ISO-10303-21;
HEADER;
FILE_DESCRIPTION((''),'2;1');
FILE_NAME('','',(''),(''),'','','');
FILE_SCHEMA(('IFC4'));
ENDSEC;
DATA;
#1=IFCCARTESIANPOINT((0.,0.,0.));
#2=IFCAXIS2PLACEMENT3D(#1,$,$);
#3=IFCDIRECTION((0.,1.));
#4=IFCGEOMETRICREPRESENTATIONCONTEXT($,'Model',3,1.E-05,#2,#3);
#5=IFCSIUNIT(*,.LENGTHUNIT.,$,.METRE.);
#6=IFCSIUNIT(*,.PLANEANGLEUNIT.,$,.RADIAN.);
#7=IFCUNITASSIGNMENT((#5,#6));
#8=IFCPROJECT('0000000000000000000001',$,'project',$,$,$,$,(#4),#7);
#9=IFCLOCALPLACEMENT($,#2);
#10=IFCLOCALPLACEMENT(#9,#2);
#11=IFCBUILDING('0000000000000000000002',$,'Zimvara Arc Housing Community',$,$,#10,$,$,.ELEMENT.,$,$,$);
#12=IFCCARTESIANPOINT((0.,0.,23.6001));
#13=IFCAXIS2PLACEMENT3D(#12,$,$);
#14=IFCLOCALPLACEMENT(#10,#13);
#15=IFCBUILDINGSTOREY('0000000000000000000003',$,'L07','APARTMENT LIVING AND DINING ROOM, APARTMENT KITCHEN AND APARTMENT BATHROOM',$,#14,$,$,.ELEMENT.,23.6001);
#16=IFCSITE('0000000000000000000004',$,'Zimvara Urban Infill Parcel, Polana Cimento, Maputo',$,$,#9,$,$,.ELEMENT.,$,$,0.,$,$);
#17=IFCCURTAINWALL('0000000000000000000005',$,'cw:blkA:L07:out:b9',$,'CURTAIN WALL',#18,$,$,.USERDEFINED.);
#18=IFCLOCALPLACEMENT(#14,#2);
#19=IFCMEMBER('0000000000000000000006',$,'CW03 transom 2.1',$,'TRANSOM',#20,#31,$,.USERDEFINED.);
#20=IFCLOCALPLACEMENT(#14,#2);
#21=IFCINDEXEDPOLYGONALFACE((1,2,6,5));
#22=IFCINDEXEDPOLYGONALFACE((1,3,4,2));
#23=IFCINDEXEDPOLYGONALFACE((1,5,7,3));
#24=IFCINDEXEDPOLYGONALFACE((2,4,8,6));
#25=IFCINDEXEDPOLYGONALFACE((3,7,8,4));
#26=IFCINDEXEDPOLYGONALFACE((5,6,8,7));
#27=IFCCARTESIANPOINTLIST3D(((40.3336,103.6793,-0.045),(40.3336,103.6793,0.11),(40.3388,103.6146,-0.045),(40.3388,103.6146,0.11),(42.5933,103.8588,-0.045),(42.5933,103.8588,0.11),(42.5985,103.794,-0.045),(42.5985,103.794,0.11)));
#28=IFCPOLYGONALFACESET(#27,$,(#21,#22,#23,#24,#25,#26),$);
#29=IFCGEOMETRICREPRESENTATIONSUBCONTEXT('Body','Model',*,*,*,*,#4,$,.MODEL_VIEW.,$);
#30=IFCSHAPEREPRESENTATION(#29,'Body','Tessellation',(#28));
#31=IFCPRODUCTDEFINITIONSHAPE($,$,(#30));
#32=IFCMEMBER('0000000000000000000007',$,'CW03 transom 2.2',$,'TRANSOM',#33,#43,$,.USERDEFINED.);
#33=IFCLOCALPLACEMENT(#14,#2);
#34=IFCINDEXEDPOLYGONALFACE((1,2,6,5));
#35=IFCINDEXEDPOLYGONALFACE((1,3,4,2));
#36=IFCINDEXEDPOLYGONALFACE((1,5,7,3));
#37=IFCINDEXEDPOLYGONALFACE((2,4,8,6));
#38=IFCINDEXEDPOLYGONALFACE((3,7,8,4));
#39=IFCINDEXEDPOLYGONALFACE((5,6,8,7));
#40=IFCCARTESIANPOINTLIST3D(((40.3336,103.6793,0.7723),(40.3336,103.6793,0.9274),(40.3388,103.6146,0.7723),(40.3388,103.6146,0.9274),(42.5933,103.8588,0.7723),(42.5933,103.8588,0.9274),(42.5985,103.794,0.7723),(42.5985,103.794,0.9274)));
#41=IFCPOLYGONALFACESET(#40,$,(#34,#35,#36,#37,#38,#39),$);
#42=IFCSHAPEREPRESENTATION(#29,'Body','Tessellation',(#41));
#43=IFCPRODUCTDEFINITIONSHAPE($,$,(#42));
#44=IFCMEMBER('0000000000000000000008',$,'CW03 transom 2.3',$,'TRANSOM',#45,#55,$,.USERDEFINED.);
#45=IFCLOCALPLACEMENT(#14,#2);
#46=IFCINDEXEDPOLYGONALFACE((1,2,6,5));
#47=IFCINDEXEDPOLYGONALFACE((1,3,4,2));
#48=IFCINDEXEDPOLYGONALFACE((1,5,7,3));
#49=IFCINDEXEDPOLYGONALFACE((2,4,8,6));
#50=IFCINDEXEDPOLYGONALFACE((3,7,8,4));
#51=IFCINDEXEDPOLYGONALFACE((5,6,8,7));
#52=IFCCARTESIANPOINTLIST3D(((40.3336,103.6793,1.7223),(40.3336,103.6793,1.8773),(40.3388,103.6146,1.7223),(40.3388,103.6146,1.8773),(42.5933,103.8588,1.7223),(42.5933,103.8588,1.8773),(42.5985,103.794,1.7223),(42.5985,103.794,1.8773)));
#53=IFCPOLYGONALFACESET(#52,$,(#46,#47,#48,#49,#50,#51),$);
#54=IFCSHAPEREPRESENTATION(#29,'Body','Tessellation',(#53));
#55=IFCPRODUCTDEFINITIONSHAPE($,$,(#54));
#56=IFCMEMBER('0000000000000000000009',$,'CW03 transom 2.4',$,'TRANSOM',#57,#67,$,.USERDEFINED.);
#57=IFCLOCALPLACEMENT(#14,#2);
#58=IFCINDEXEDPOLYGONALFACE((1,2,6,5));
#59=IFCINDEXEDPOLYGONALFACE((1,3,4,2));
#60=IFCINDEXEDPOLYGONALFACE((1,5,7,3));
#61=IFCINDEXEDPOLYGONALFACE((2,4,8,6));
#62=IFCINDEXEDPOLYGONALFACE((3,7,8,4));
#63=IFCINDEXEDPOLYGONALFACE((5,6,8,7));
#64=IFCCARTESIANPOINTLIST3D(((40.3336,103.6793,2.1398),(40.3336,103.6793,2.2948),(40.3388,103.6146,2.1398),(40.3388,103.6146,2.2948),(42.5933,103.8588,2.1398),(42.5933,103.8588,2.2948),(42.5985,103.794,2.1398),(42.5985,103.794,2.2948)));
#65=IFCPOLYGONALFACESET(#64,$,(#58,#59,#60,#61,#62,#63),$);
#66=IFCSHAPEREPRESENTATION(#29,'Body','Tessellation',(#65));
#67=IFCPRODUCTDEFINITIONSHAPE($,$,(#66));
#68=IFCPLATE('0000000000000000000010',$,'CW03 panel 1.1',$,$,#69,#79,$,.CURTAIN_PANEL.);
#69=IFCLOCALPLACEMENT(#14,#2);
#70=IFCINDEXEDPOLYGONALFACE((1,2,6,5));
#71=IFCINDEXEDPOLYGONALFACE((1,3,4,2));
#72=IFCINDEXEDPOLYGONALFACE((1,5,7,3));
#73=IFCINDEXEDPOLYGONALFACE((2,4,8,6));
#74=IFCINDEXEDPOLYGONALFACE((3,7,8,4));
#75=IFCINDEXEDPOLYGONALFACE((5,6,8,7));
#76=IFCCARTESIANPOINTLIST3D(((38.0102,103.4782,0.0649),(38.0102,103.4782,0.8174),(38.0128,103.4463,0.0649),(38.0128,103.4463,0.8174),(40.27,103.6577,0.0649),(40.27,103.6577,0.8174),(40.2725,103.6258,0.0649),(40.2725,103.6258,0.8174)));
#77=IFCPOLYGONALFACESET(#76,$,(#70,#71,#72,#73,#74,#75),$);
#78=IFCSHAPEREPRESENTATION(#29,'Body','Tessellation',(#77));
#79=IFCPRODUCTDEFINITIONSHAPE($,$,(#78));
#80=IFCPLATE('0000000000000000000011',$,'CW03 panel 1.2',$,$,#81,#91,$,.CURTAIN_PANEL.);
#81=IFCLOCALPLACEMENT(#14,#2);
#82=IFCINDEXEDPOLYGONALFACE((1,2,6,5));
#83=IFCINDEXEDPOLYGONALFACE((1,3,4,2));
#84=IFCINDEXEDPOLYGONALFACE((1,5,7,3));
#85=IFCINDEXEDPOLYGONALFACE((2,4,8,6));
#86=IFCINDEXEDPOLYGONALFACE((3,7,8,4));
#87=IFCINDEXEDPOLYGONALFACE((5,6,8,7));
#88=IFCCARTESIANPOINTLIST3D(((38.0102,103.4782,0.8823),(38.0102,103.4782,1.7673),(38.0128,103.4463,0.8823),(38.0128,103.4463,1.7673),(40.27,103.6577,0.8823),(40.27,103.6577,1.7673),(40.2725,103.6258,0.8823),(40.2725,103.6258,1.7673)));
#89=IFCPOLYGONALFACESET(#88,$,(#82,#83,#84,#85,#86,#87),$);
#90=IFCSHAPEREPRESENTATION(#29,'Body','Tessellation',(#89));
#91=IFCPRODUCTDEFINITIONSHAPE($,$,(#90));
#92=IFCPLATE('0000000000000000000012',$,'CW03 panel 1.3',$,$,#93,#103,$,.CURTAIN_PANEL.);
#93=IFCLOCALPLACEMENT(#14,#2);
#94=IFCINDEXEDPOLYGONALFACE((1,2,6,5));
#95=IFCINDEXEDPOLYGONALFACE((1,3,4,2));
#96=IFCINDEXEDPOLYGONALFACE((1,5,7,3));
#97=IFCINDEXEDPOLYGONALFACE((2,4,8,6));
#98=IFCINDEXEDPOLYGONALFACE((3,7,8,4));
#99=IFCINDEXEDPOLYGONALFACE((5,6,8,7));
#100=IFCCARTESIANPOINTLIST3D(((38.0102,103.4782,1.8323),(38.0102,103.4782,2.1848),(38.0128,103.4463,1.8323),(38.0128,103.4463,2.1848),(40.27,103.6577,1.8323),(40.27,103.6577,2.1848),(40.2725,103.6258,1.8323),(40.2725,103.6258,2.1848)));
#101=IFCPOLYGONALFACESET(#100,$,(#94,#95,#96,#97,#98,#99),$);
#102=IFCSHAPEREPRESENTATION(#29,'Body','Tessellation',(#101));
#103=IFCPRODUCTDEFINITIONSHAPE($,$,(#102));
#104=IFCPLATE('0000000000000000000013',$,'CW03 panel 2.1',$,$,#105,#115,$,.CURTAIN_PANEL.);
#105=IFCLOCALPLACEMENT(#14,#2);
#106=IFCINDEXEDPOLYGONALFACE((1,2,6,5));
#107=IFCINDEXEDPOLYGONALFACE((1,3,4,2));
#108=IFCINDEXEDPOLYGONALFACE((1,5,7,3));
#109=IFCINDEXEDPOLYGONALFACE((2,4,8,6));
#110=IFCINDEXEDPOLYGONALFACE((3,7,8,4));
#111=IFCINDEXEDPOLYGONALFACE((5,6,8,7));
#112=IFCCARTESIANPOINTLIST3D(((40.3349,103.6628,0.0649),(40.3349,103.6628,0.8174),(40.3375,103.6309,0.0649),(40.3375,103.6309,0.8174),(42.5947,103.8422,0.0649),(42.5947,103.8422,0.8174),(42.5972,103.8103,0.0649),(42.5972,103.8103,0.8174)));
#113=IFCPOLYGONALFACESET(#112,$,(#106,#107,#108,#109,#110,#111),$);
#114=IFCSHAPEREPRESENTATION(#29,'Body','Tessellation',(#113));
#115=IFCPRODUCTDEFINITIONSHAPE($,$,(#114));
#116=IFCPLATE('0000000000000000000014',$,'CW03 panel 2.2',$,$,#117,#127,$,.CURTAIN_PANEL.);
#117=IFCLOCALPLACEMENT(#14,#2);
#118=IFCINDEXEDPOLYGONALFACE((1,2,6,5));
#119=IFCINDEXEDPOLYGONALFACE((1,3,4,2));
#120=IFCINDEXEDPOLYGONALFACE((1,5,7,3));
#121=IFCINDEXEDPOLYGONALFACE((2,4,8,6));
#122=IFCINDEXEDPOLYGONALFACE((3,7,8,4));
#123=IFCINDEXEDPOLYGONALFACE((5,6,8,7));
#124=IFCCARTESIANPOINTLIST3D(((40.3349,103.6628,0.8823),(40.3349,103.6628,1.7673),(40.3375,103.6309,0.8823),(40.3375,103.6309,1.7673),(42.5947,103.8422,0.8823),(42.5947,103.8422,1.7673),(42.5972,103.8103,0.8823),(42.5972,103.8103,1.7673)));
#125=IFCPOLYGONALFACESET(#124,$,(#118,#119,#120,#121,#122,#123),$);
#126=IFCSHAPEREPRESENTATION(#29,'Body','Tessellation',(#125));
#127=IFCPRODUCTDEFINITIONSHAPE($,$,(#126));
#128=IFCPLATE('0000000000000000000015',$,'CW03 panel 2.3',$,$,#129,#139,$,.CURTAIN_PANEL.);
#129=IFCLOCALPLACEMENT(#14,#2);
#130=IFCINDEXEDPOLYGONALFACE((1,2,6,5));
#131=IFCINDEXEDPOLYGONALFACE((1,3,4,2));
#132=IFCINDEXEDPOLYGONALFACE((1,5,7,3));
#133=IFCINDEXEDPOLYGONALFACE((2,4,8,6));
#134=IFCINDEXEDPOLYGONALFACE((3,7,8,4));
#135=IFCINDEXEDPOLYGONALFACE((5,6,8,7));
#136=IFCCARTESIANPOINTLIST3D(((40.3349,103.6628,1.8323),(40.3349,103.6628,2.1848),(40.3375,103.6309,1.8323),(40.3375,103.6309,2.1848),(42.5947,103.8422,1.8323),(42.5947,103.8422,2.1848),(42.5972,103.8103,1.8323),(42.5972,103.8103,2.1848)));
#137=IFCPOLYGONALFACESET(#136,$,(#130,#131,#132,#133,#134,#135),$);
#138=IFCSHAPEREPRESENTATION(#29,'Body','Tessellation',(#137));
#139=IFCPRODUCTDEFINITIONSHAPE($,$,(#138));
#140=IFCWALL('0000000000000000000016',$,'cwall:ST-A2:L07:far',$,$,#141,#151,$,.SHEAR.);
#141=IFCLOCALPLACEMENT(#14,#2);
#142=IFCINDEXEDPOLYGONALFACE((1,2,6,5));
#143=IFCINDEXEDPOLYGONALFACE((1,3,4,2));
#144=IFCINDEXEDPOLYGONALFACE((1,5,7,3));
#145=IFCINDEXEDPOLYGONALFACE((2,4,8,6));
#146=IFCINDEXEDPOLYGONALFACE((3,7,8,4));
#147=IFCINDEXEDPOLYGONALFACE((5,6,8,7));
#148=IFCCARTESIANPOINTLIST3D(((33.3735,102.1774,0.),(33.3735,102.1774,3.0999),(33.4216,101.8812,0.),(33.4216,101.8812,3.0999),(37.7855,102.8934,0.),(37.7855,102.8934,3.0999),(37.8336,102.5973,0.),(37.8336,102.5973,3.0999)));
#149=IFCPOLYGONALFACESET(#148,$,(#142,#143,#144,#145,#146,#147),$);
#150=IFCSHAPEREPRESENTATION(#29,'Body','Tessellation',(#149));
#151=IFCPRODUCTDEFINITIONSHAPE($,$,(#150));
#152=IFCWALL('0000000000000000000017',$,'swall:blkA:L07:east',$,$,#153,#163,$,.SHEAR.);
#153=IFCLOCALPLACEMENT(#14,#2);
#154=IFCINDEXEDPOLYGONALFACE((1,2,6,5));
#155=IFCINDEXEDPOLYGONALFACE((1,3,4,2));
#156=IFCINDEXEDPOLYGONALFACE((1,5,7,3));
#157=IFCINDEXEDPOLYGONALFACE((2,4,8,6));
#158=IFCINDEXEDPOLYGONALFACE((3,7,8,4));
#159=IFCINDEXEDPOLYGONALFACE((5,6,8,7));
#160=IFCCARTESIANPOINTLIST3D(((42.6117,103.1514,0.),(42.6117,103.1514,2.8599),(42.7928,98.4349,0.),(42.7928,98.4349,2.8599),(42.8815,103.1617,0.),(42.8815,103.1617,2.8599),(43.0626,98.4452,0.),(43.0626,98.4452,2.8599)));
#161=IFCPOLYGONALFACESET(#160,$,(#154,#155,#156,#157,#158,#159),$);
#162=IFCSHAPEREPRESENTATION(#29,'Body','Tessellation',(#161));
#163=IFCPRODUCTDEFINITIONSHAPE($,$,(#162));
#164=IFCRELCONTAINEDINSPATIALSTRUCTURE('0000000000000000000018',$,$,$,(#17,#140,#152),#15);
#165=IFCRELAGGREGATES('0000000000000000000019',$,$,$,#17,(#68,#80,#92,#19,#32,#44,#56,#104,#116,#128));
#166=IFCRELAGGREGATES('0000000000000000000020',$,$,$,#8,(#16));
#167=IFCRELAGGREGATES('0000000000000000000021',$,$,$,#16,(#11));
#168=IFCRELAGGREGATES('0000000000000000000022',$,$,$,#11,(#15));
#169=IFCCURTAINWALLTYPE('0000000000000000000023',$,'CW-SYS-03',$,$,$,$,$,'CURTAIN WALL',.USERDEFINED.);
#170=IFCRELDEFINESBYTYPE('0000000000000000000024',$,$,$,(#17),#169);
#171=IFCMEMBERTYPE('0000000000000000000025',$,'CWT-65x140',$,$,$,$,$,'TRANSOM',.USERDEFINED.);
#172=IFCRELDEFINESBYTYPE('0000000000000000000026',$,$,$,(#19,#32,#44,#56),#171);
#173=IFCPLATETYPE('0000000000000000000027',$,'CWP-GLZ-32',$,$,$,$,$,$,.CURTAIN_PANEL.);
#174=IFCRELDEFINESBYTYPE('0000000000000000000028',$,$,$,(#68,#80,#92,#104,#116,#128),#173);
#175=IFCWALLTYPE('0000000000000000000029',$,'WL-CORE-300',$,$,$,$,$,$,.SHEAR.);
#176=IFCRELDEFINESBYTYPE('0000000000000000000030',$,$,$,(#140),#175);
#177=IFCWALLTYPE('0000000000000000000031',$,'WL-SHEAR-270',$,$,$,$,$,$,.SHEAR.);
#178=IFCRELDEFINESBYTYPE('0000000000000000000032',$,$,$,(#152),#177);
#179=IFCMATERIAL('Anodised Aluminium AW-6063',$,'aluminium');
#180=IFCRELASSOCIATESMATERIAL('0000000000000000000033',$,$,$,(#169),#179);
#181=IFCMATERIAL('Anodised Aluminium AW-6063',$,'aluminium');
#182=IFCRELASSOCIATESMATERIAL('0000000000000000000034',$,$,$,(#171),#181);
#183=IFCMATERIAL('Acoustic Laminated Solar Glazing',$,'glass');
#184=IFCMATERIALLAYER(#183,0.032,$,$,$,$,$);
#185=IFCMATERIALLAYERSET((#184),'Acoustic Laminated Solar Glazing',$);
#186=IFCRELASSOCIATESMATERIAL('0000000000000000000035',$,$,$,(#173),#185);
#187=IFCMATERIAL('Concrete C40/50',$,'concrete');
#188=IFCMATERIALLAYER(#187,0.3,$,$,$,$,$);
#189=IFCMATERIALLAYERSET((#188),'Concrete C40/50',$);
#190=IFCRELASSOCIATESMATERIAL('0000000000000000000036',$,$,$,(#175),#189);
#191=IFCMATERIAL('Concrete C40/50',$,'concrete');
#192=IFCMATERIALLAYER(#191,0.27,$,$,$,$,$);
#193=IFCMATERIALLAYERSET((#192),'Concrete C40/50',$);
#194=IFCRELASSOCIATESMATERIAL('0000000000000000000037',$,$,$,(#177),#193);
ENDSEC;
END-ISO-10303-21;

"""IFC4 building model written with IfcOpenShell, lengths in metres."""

from ifc_helpers import new_model, si_unit, direction, frame, frame_2d, origin, origin_2d, place, context, subcontext, project, spatial, rectangle, extrude, material, layer, layer_set, material_profile, profile_set, type_object, element, aggregate, save


model = new_model("IFC4")

# Units and contexts
model_context = context("Model", 3, precision=1e-05, world=origin(), true_north=direction((0.0, 1.0)))
body_context = subcontext(model_context, "Body", "Model", "MODEL_VIEW")
ifc_project = project(units=[si_unit("LENGTHUNIT", "METRE"), si_unit("PLANEANGLEUNIT", "RADIAN")], contexts=[model_context])

# Site, building, storey
site_placement = place(None, origin())
site = spatial("IfcSite", under=ifc_project, at=site_placement, Name="Zimvara Urban Infill Parcel, Polana Cimento, Maputo", CompositionType="ELEMENT", RefElevation=0.0)
building_placement = place(site_placement, origin())
building = spatial("IfcBuilding", under=site, at=building_placement, Name="Zimvara Arc Housing Community", CompositionType="ELEMENT")
storey_placement = place(building_placement, frame((0.0, 0.0, 23.6001)))
storey = spatial("IfcBuildingStorey", under=building, at=storey_placement, Name="L07", Description="APARTMENT LIVING AND DINING ROOM, APARTMENT KITCHEN AND APARTMENT BATHROOM", CompositionType="ELEMENT", Elevation=23.6001)

# Curtain wall, members, plates
ifc_material_1 = material(Name="Anodised Aluminium AW-6063", Category="aluminium")
curtain_wall_type = type_object("IfcCurtainWallType", Name="CW-SYS-03", ElementType="CURTAIN WALL", PredefinedType="USERDEFINED", material=ifc_material_1)
curtain_wall_placement = place(storey_placement, origin())
curtain_wall = element("IfcCurtainWall", 1, at=curtain_wall_placement, inside=storey, type_object=curtain_wall_type, Name="cw:blkA:L07:out:b9", ObjectType="CURTAIN WALL", PredefinedType="USERDEFINED")
ifc_material_2 = material(Name="Anodised Aluminium AW-6063", Category="aluminium")
ifc_material_profile_1 = material_profile(ifc_material_2, rectangle(XDim=0.0649, YDim=0.155, at=origin_2d()), Name="ALU 65x155")
ifc_profile_set_1 = profile_set([ifc_material_profile_1], Name="Anodised Aluminium AW-6063")
member_type_1 = type_object("IfcMemberType", Name="CWT-65x140", ElementType="TRANSOM", PredefinedType="USERDEFINED", material=ifc_profile_set_1)
member_1_placement = place(storey_placement, frame((40.3362, 103.647, 0.0325), z_axis=(0.996862, 0.079159, 0.0), x_axis=(-0.079159, 0.996862, 0.0)))
member_1 = element("IfcMember", 2, at=member_1_placement, type_object=member_type_1, Name="CW03 transom 2.1", ObjectType="TRANSOM", PredefinedType="USERDEFINED", context=body_context, shape_type="SweptSolid", body=[
    extrude(rectangle(XDim=0.0649, YDim=0.155, at=origin_2d()), origin(), (0.0, 0.0, 1.0), 2.2668),
])
member_2_placement = place(storey_placement, frame((40.3362, 103.647, 0.8499), z_axis=(0.996862, 0.079159, 0.0), x_axis=(-0.079159, 0.996862, 0.0)))
member_2 = element("IfcMember", 3, at=member_2_placement, type_object=member_type_1, Name="CW03 transom 2.2", ObjectType="TRANSOM", PredefinedType="USERDEFINED", context=body_context, shape_type="SweptSolid", body=[
    extrude(rectangle(XDim=0.0649, YDim=0.155, at=origin_2d()), origin(), (0.0, 0.0, 1.0), 2.2668),
])
member_3_placement = place(storey_placement, frame((40.3362, 103.647, 1.7998), z_axis=(0.996862, 0.079159, 0.0), x_axis=(-0.079159, 0.996862, 0.0)))
member_3 = element("IfcMember", 4, at=member_3_placement, type_object=member_type_1, Name="CW03 transom 2.3", ObjectType="TRANSOM", PredefinedType="USERDEFINED", context=body_context, shape_type="SweptSolid", body=[
    extrude(rectangle(XDim=0.0649, YDim=0.155, at=origin_2d()), origin(), (0.0, 0.0, 1.0), 2.2668),
])
member_4_placement = place(storey_placement, frame((40.3362, 103.647, 2.2173), z_axis=(0.996862, 0.079159, 0.0), x_axis=(-0.079159, 0.996862, 0.0)))
member_4 = element("IfcMember", 5, at=member_4_placement, type_object=member_type_1, Name="CW03 transom 2.4", ObjectType="TRANSOM", PredefinedType="USERDEFINED", context=body_context, shape_type="SweptSolid", body=[
    extrude(rectangle(XDim=0.0649, YDim=0.155, at=origin_2d()), origin(), (0.0, 0.0, 1.0), 2.2668),
])
ifc_material_3 = material(Name="Acoustic Laminated Solar Glazing", Category="glass")
ifc_layer_1 = layer(ifc_material_3, 0.032)
ifc_layer_set_1 = layer_set([ifc_layer_1], Name="Acoustic Laminated Solar Glazing")
plate_type = type_object("IfcPlateType", Name="CWP-GLZ-32", PredefinedType="CURTAIN_PANEL", material=ifc_layer_set_1)
plate_1_placement = place(storey_placement, frame((39.1414, 103.552, 0.0649), z_axis=(0.0, 0.0, 1.0), x_axis=(0.996862, 0.079154, 0.0)))
plate_1 = element("IfcPlate", 6, at=plate_1_placement, type_object=plate_type, Name="CW03 panel 1.1", PredefinedType="CURTAIN_PANEL", context=body_context, shape_type="SweptSolid", body=[
    extrude(rectangle(XDim=2.2668, YDim=0.032, at=origin_2d()), origin(), (0.0, 0.0, 1.0), 0.7524),
])
plate_2_placement = place(storey_placement, frame((39.1414, 103.552, 0.8823), z_axis=(0.0, 0.0, 1.0), x_axis=(0.996862, 0.079154, 0.0)))
plate_2 = element("IfcPlate", 7, at=plate_2_placement, type_object=plate_type, Name="CW03 panel 1.2", PredefinedType="CURTAIN_PANEL", context=body_context, shape_type="SweptSolid", body=[
    extrude(rectangle(XDim=2.2668, YDim=0.032, at=origin_2d()), origin(), (0.0, 0.0, 1.0), 0.885),
])
plate_3_placement = place(storey_placement, frame((39.1414, 103.552, 1.8323), z_axis=(0.0, 0.0, 1.0), x_axis=(0.996862, 0.079154, 0.0)))
plate_3 = element("IfcPlate", 8, at=plate_3_placement, type_object=plate_type, Name="CW03 panel 1.3", PredefinedType="CURTAIN_PANEL", context=body_context, shape_type="SweptSolid", body=[
    extrude(rectangle(XDim=2.2668, YDim=0.032, at=origin_2d()), origin(), (0.0, 0.0, 1.0), 0.3525),
])
plate_4_placement = place(storey_placement, frame((41.4661, 103.7366, 0.0649), z_axis=(0.0, 0.0, 1.0), x_axis=(0.996862, 0.079154, 0.0)))
plate_4 = element("IfcPlate", 9, at=plate_4_placement, type_object=plate_type, Name="CW03 panel 2.1", PredefinedType="CURTAIN_PANEL", context=body_context, shape_type="SweptSolid", body=[
    extrude(rectangle(XDim=2.2668, YDim=0.032, at=origin_2d()), origin(), (0.0, 0.0, 1.0), 0.7524),
])
plate_5_placement = place(storey_placement, frame((41.4661, 103.7366, 0.8823), z_axis=(0.0, 0.0, 1.0), x_axis=(0.996862, 0.079154, 0.0)))
plate_5 = element("IfcPlate", 10, at=plate_5_placement, type_object=plate_type, Name="CW03 panel 2.2", PredefinedType="CURTAIN_PANEL", context=body_context, shape_type="SweptSolid", body=[
    extrude(rectangle(XDim=2.2668, YDim=0.032, at=origin_2d()), origin(), (0.0, 0.0, 1.0), 0.885),
])
plate_6_placement = place(storey_placement, frame((41.4661, 103.7366, 1.8323), z_axis=(0.0, 0.0, 1.0), x_axis=(0.996862, 0.079154, 0.0)))
plate_6 = element("IfcPlate", 11, at=plate_6_placement, type_object=plate_type, Name="CW03 panel 2.3", PredefinedType="CURTAIN_PANEL", context=body_context, shape_type="SweptSolid", body=[
    extrude(rectangle(XDim=2.2668, YDim=0.032, at=origin_2d()), origin(), (0.0, 0.0, 1.0), 0.3525),
])
aggregate(curtain_wall, [plate_1, plate_2, plate_3, member_1, member_2, member_3, member_4, plate_4, plate_5, plate_6])

# Walls
ifc_material_4 = material(Name="Concrete C40/50", Category="concrete")
ifc_layer_2 = layer(ifc_material_4, 0.3)
ifc_layer_set_2 = layer_set([ifc_layer_2], Name="Concrete C40/50")
wall_type_1 = type_object("IfcWallType", Name="WL-CORE-300", PredefinedType="SHEAR", material=ifc_layer_set_2)
wall_1_placement = place(storey_placement, frame((37.8096, 102.7454, 0.0), z_axis=(0.0, 0.0, 1.0), x_axis=(-0.987085, -0.160199, 0.0)))
element("IfcWall", 12, at=wall_1_placement, inside=storey, type_object=wall_type_1, Name="cwall:ST-A2:L07:far", PredefinedType="SHEAR", context=body_context, shape_type="SweptSolid", body=[
    extrude(rectangle(XDim=4.4697, YDim=0.3, at=frame_2d((2.2349, 0.0))), origin(), (0.0, 0.0, 1.0), 3.0999),
])
ifc_material_5 = material(Name="Concrete C40/50", Category="concrete")
ifc_layer_3 = layer(ifc_material_5, 0.27)
ifc_layer_set_3 = layer_set([ifc_layer_3], Name="Concrete C40/50")
wall_type_2 = type_object("IfcWallType", Name="WL-SHEAR-270", PredefinedType="SHEAR", material=ifc_layer_set_3)
wall_2_placement = place(storey_placement, frame((42.9277, 98.4402, 0.0), z_axis=(0.0, 0.0, 1.0), x_axis=(-0.038379, 0.999263, 0.0)))
element("IfcWall", 13, at=wall_2_placement, inside=storey, type_object=wall_type_2, Name="swall:blkA:L07:east", PredefinedType="SHEAR", context=body_context, shape_type="SweptSolid", body=[
    extrude(rectangle(XDim=4.72, YDim=0.27, at=frame_2d((2.3599, 0.0))), origin(), (0.0, 0.0, 1.0), 2.8599),
])

save(model, "model.ifc")
